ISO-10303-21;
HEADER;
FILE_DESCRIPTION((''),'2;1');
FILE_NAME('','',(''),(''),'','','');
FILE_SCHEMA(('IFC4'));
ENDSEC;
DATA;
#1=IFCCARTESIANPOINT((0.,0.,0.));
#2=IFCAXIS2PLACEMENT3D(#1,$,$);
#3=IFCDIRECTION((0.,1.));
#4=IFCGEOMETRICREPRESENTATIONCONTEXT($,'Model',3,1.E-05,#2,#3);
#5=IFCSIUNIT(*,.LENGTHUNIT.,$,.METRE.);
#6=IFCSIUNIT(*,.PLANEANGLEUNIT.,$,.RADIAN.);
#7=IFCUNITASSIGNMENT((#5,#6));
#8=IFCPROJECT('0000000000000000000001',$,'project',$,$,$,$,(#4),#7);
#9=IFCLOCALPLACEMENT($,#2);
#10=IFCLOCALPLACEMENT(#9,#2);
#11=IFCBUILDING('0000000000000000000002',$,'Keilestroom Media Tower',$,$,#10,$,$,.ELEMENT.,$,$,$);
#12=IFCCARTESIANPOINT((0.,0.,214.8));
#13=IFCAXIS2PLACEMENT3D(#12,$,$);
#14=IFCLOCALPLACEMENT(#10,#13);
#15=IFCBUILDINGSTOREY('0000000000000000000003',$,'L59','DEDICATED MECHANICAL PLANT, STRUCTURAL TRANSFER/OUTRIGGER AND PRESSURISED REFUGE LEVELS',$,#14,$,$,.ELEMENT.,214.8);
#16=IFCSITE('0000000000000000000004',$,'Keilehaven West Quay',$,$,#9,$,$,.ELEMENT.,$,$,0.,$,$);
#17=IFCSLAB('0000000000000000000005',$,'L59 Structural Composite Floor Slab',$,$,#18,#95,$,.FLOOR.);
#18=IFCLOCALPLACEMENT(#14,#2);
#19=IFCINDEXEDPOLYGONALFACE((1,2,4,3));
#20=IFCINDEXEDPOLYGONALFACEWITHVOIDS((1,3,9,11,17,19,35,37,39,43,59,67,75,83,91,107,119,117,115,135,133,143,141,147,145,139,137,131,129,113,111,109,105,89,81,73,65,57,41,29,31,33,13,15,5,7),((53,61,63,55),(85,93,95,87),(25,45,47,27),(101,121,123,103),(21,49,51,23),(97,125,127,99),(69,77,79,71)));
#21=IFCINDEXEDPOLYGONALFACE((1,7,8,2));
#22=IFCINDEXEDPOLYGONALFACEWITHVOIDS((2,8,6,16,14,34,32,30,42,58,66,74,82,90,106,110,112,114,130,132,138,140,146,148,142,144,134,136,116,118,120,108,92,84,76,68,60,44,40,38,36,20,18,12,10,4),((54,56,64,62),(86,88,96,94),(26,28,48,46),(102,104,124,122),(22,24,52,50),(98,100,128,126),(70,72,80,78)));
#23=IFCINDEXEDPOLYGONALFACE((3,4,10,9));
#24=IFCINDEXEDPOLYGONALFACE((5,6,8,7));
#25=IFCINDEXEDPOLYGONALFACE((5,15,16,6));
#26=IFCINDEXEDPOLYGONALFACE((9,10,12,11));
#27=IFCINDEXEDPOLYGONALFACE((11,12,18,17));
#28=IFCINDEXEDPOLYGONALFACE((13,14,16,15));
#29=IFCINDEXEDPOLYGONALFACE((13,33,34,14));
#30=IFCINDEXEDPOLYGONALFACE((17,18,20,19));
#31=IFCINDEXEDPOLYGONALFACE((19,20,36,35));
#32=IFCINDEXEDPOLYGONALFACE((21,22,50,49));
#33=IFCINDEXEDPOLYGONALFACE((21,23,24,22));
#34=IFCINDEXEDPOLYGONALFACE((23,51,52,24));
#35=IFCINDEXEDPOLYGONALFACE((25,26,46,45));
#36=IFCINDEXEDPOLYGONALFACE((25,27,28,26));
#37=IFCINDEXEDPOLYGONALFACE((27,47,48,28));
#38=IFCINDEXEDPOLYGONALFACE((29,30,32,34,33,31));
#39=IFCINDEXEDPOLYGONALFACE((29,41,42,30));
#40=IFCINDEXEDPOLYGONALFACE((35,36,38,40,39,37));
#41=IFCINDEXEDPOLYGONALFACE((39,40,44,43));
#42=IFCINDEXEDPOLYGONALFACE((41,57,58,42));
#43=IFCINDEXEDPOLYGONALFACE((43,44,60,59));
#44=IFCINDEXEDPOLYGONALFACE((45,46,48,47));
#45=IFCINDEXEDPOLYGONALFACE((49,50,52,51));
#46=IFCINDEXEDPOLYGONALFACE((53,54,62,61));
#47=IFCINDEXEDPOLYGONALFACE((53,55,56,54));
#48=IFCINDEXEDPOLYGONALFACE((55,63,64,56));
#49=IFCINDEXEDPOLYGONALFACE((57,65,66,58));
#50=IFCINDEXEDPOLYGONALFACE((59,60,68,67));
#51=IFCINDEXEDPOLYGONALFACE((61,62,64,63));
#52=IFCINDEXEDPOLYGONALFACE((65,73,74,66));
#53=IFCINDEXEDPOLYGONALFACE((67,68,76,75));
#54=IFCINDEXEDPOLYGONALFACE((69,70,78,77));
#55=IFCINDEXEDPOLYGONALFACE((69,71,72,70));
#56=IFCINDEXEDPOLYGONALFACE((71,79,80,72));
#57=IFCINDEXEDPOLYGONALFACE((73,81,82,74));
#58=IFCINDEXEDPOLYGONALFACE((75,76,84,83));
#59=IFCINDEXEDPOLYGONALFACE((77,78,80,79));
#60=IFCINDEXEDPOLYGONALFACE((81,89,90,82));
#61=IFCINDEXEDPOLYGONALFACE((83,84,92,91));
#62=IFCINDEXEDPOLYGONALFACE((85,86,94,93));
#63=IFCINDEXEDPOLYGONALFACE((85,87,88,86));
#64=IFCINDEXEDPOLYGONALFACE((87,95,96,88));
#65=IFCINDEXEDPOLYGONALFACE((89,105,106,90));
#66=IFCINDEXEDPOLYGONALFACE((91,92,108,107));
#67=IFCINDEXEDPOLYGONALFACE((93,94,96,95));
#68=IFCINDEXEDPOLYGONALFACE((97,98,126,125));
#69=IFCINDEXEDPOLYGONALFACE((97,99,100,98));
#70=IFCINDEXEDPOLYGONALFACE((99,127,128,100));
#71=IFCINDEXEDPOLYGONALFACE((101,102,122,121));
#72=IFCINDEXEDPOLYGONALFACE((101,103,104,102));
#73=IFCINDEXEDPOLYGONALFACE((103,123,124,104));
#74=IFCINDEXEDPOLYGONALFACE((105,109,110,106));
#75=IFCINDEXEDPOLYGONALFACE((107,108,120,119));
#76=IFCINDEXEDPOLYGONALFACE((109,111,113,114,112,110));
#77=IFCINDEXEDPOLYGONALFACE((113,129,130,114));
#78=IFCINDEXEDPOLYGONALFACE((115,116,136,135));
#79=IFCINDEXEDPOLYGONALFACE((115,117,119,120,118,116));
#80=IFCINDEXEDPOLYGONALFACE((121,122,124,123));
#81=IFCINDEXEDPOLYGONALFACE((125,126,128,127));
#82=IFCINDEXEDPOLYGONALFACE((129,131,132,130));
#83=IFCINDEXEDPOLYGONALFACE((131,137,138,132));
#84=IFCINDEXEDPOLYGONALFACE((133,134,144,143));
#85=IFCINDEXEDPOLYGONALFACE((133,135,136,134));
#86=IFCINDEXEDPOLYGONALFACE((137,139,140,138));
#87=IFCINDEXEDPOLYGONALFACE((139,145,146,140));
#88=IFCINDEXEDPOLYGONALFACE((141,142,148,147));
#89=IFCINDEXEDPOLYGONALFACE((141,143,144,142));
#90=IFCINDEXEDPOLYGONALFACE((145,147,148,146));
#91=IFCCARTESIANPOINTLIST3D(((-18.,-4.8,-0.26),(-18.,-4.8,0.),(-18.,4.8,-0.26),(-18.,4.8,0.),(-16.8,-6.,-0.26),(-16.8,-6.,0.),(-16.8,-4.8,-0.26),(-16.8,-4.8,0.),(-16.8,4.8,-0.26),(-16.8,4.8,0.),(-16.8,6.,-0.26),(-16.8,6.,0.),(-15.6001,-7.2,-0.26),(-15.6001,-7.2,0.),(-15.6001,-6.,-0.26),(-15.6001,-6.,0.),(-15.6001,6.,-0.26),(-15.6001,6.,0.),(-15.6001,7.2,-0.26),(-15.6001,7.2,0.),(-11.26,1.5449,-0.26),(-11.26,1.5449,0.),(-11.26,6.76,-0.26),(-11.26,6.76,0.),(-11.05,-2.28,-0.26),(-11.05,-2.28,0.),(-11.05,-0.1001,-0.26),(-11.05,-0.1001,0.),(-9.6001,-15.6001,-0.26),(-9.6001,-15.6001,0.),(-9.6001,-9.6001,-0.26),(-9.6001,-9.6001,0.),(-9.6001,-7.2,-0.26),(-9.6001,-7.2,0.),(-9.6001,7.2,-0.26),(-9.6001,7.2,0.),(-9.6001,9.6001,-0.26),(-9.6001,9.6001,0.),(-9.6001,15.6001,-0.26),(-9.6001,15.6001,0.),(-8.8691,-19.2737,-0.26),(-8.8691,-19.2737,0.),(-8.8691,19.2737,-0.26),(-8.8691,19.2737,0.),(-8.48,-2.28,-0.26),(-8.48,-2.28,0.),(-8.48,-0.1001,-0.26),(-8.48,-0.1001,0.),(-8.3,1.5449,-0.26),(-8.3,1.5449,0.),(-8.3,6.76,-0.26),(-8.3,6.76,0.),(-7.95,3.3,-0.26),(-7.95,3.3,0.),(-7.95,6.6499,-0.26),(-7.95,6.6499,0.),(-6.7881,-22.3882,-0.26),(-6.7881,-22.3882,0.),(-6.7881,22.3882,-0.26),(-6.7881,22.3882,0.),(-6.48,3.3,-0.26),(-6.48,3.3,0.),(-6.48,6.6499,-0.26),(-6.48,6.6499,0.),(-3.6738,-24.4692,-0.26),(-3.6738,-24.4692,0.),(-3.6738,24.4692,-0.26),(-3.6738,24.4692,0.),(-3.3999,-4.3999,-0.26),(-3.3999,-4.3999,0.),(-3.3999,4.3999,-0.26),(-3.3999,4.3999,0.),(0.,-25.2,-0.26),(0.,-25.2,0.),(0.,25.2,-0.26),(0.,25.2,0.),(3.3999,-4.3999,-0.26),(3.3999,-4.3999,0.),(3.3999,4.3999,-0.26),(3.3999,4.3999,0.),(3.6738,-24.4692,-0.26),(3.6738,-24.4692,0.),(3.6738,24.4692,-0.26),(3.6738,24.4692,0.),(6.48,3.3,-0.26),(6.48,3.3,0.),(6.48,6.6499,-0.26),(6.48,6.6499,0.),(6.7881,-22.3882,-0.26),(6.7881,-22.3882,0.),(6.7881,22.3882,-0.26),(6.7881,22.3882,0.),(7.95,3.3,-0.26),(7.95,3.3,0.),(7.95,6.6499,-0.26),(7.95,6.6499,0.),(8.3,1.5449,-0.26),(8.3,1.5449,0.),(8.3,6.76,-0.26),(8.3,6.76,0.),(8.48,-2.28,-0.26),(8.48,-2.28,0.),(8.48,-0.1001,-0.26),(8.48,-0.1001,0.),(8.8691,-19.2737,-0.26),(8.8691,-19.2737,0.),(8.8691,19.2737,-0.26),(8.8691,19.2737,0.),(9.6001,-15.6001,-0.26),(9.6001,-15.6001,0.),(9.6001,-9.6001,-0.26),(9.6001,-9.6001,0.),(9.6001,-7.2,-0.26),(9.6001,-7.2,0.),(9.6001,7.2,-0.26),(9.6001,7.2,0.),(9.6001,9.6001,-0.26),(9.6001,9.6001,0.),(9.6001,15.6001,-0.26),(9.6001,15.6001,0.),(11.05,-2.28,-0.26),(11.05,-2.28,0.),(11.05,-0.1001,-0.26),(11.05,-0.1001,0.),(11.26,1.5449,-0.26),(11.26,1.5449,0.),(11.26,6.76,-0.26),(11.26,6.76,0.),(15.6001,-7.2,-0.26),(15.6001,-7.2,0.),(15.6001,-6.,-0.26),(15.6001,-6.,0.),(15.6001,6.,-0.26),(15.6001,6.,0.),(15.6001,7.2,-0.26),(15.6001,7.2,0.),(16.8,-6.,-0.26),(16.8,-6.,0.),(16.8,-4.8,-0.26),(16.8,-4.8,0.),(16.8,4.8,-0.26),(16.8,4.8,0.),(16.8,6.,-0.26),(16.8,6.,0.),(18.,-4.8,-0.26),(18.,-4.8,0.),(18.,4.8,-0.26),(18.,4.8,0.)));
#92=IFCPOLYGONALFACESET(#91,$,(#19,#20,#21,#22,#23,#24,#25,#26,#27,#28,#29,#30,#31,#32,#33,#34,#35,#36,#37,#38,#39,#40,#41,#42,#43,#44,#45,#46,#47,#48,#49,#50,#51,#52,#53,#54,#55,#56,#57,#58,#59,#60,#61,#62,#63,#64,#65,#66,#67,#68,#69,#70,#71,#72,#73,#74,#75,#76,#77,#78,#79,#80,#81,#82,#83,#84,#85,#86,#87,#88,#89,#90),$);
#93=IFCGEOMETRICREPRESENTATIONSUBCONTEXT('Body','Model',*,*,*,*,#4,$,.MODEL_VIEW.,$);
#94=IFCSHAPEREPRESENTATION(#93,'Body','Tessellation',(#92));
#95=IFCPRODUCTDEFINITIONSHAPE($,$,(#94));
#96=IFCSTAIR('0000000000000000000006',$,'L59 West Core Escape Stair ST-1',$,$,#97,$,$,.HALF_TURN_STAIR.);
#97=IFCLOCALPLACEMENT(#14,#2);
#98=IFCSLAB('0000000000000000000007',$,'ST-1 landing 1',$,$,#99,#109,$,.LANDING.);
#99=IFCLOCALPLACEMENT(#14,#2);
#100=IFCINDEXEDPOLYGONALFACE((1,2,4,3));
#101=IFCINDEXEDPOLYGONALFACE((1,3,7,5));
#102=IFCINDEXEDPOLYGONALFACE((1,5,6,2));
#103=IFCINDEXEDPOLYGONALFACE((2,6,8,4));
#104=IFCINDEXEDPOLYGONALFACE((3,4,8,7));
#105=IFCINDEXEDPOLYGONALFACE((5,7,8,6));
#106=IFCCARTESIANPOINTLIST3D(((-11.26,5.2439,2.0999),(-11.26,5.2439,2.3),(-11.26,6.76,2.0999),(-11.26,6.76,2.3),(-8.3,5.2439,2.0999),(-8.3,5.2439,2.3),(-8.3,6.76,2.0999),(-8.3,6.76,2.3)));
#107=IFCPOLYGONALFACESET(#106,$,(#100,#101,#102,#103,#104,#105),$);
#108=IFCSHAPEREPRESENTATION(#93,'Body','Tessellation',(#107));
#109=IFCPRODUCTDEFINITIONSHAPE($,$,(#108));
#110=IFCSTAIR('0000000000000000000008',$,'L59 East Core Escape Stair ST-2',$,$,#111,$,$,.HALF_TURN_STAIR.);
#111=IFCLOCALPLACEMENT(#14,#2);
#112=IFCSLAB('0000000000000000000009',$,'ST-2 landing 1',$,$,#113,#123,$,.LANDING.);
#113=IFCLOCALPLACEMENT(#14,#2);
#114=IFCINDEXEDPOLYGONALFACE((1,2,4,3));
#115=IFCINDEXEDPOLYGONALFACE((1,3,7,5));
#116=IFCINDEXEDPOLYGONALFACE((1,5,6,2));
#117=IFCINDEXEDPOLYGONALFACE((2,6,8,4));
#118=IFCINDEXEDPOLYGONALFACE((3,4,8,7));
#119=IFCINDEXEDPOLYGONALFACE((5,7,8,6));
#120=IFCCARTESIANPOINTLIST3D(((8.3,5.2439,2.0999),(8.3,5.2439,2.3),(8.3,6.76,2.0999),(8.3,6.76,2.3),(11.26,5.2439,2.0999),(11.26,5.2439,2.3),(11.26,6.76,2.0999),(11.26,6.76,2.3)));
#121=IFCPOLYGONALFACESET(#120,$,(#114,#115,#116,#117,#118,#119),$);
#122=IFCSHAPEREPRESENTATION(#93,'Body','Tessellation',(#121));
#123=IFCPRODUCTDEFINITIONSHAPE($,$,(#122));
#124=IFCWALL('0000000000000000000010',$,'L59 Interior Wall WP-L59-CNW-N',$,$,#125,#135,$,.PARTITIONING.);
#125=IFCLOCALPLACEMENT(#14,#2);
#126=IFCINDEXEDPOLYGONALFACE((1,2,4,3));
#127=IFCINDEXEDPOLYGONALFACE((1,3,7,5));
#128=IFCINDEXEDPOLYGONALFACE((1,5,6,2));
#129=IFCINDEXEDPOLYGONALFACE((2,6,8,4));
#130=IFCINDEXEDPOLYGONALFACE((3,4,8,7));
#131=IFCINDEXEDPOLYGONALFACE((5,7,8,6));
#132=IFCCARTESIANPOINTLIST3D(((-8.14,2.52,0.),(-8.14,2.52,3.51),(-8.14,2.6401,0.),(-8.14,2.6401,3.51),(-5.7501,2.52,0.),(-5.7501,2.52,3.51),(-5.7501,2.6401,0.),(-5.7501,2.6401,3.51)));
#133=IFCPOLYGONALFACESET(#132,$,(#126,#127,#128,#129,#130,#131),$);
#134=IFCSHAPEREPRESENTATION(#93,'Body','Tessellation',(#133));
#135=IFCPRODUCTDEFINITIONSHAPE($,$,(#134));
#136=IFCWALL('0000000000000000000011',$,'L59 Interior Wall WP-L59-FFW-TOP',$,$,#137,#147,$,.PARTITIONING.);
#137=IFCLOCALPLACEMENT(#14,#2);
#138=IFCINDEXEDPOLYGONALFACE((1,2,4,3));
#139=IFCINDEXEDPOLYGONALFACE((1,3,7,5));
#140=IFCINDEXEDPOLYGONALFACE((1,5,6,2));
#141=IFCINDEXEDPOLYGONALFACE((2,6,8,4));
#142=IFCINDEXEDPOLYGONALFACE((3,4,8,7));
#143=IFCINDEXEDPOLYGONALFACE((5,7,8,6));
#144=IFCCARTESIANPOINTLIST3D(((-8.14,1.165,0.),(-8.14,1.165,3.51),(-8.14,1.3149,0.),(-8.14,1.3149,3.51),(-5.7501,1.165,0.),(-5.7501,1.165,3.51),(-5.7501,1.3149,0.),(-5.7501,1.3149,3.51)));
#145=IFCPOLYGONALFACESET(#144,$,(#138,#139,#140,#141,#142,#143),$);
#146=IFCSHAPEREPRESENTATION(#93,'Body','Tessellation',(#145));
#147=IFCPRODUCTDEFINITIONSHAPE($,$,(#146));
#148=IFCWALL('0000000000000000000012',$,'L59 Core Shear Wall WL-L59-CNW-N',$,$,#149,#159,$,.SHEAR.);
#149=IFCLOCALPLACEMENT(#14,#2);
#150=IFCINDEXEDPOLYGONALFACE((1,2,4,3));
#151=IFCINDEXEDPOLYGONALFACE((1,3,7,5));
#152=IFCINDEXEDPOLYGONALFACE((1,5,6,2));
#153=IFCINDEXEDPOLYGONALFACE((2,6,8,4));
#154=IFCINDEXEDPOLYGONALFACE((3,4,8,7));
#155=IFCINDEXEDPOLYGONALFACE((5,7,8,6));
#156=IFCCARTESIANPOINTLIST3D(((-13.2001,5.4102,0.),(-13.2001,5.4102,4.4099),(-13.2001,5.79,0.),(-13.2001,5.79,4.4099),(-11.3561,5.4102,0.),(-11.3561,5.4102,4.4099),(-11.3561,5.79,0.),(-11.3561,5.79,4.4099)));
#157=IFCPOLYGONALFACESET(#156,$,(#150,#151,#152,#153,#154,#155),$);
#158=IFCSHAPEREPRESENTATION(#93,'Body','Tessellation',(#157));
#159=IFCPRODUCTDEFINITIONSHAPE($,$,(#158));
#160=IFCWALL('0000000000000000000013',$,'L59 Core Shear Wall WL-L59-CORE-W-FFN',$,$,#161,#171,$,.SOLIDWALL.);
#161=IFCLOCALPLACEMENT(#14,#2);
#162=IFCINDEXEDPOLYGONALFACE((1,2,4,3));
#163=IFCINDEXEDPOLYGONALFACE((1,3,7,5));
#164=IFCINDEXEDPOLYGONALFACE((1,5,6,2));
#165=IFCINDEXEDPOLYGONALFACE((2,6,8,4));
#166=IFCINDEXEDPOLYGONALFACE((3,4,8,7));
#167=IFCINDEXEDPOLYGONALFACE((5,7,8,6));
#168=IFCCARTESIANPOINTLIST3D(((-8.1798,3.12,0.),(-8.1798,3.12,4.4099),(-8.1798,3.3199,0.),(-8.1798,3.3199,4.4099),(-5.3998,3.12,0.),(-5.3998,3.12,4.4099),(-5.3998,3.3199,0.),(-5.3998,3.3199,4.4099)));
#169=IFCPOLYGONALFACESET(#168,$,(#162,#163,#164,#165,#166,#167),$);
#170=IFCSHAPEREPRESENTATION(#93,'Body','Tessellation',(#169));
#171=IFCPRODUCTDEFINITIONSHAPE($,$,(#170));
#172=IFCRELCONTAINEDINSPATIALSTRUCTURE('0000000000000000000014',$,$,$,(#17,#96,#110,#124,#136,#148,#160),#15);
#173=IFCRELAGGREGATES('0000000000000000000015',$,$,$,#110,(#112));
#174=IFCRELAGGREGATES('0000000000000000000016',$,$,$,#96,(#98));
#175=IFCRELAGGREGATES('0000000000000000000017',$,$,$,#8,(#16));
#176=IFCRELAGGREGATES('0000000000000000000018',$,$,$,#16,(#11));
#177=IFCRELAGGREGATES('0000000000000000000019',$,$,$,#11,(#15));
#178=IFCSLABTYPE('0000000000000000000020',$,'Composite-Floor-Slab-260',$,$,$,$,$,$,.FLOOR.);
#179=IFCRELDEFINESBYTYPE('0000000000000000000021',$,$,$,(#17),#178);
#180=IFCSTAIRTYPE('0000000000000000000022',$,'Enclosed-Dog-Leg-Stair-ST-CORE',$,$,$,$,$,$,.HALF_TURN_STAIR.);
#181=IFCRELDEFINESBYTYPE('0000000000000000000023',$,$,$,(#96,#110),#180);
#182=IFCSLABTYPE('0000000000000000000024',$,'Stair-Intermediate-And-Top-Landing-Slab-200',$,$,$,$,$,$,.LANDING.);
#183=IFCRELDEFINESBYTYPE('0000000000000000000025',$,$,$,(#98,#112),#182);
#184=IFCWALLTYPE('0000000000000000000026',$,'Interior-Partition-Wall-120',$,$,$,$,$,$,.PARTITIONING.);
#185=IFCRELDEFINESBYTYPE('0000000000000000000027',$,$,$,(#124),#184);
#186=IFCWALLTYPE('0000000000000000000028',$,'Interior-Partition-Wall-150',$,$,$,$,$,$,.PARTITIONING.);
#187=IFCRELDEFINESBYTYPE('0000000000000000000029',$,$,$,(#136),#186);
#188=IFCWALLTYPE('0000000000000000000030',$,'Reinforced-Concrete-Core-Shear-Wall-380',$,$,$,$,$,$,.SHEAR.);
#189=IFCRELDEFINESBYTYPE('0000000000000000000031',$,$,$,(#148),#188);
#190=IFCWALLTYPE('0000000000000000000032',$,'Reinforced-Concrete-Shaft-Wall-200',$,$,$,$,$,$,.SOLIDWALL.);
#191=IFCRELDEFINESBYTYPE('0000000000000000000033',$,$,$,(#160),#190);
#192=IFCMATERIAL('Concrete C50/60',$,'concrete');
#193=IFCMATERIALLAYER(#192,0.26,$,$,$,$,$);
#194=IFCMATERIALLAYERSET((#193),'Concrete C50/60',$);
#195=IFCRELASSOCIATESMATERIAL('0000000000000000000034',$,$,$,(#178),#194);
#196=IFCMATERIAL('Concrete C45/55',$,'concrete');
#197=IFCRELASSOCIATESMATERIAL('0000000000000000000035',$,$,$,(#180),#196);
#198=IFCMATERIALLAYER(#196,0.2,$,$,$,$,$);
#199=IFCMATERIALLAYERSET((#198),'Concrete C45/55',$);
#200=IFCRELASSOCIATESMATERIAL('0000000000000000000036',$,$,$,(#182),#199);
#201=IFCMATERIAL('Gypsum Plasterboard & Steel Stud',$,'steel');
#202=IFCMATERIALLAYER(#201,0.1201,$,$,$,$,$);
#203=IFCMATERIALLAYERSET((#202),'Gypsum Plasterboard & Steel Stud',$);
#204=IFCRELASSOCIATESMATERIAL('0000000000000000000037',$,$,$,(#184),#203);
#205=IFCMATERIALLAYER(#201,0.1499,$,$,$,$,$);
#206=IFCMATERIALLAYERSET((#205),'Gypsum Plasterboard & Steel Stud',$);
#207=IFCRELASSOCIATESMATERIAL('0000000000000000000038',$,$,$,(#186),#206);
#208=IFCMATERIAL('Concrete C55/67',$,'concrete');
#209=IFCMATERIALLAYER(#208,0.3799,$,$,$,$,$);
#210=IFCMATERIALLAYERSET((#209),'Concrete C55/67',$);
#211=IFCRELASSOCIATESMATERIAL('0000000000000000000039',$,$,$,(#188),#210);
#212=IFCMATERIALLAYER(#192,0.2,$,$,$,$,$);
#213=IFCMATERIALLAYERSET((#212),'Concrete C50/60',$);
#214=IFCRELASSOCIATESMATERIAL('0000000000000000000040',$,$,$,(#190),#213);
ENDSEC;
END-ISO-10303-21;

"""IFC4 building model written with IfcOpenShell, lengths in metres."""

from ifc_helpers import new_model, si_unit, direction, frame, frame_2d, origin, place, context, subcontext, project, spatial, polyline, rectangle, outline, extrude, material, layer, layer_set, type_object, element, aggregate, save


model = new_model("IFC4")

# Units and contexts
model_context = context("Model", 3, precision=1e-05, world=origin(), true_north=direction((0.0, 1.0)))
body_context = subcontext(model_context, "Body", "Model", "MODEL_VIEW")
ifc_project = project(units=[si_unit("LENGTHUNIT", "METRE"), si_unit("PLANEANGLEUNIT", "RADIAN")], contexts=[model_context])

# Site, building, storey
site_placement = place(None, origin())
site = spatial("IfcSite", under=ifc_project, at=site_placement, Name="Keilehaven West Quay", CompositionType="ELEMENT", RefElevation=0.0)
building_placement = place(site_placement, origin())
building = spatial("IfcBuilding", under=site, at=building_placement, Name="Keilestroom Media Tower", CompositionType="ELEMENT")
storey_placement = place(building_placement, frame((0.0, 0.0, 214.8)))
storey = spatial("IfcBuildingStorey", under=building, at=storey_placement, Name="L59", Description="DEDICATED MECHANICAL PLANT, STRUCTURAL TRANSFER/OUTRIGGER AND PRESSURISED REFUGE LEVELS", CompositionType="ELEMENT", Elevation=214.8)

# Slab
ifc_material_1 = material(Name="Concrete C50/60", Category="concrete")
ifc_layer_1 = layer(ifc_material_1, 0.26)
ifc_layer_set_1 = layer_set([ifc_layer_1], Name="Concrete C50/60")
slab_type_1 = type_object("IfcSlabType", Name="Composite-Floor-Slab-260", PredefinedType="FLOOR", material=ifc_layer_set_1)
slab_1_placement = place(storey_placement, frame((0.0, 0.0, -0.26)))
element("IfcSlab", 1, at=slab_1_placement, inside=storey, type_object=slab_type_1, Name="L59 Structural Composite Floor Slab", PredefinedType="FLOOR", context=body_context, shape_type="SweptSolid", body=[
    extrude(outline(polyline([(18.0, -4.8), (18.0, 4.8), (16.8, 4.8), (16.8, 6.0), (15.6001, 6.0), (15.6001, 7.2), (9.6001, 7.2), (9.6001, 9.6001), (9.6001, 15.6001), (8.8691, 19.2737), (6.7881, 22.3882), (3.6738, 24.4692), (0.0, 25.2), (-3.6738, 24.4692), (-6.7881, 22.3882), (-8.8691, 19.2737), (-9.6001, 15.6001), (-9.6001, 9.6001), (-9.6001, 7.2), (-15.6001, 7.2), (-15.6001, 6.0), (-16.8, 6.0), (-16.8, 4.8), (-18.0, 4.8), (-18.0, -4.8), (-16.8, -4.8), (-16.8, -6.0), (-15.6001, -6.0), (-15.6001, -7.2), (-9.6001, -7.2), (-9.6001, -9.6001), (-9.6001, -15.6001), (-8.8691, -19.2737), (-6.7881, -22.3882), (-3.6738, -24.4692), (0.0, -25.2), (3.6738, -24.4692), (6.7881, -22.3882), (8.8691, -19.2737), (9.6001, -15.6001), (9.6001, -9.6001), (9.6001, -7.2), (15.6001, -7.2), (15.6001, -6.0), (16.8, -6.0), (16.8, -4.8), (18.0, -4.8)]), holes=[polyline([(-8.3, 1.5449), (-11.26, 1.5449), (-11.26, 6.76), (-8.3, 6.76), (-8.3, 1.5449)]), polyline([(-8.48, -2.28), (-11.05, -2.28), (-11.05, -0.1001), (-8.48, -0.1001), (-8.48, -2.28)]), polyline([(-6.48, 3.3), (-7.95, 3.3), (-7.95, 6.6499), (-6.48, 6.6499), (-6.48, 3.3)]), polyline([(3.3999, -4.3999), (-3.3999, -4.3999), (-3.3999, 4.3999), (3.3999, 4.3999), (3.3999, -4.3999)]), polyline([(7.95, 3.3), (6.48, 3.3), (6.48, 6.6499), (7.95, 6.6499), (7.95, 3.3)]), polyline([(11.26, 1.5449), (8.3, 1.5449), (8.3, 6.76), (11.26, 6.76), (11.26, 1.5449)]), polyline([(11.05, -2.28), (8.48, -2.28), (8.48, -0.1001), (11.05, -0.1001), (11.05, -2.28)])]), origin(), (0.0, 0.0, 1.0), 0.26),
])

# Stairs, slabs
ifc_material_2 = material(Name="Concrete C45/55", Category="concrete")
stair_type = type_object("IfcStairType", Name="Enclosed-Dog-Leg-Stair-ST-CORE", PredefinedType="HALF_TURN_STAIR", material=ifc_material_2)
stair_1_placement = place(storey_placement, origin())
stair_1 = element("IfcStair", 2, at=stair_1_placement, inside=storey, type_object=stair_type, Name="L59 West Core Escape Stair ST-1", PredefinedType="HALF_TURN_STAIR")
ifc_layer_2 = layer(ifc_material_2, 0.2)
ifc_layer_set_2 = layer_set([ifc_layer_2], Name="Concrete C45/55")
slab_type_2 = type_object("IfcSlabType", Name="Stair-Intermediate-And-Top-Landing-Slab-200", PredefinedType="LANDING", material=ifc_layer_set_2)
slab_2_placement = place(storey_placement, frame((0.0, 0.0, 2.0999)))
slab_2 = element("IfcSlab", 3, at=slab_2_placement, type_object=slab_type_2, Name="ST-1 landing 1", PredefinedType="LANDING", context=body_context, shape_type="SweptSolid", body=[
    extrude(outline(polyline([(-8.3, 5.2439), (-8.3, 6.76), (-11.26, 6.76), (-11.26, 5.2439), (-8.3, 5.2439)])), origin(), (0.0, 0.0, 1.0), 0.2002),
])
stair_2_placement = place(storey_placement, origin())
stair_2 = element("IfcStair", 4, at=stair_2_placement, inside=storey, type_object=stair_type, Name="L59 East Core Escape Stair ST-2", PredefinedType="HALF_TURN_STAIR")
slab_3_placement = place(storey_placement, frame((0.0, 0.0, 2.0999)))
slab_3 = element("IfcSlab", 5, at=slab_3_placement, type_object=slab_type_2, Name="ST-2 landing 1", PredefinedType="LANDING", context=body_context, shape_type="SweptSolid", body=[
    extrude(outline(polyline([(11.26, 5.2439), (11.26, 6.76), (8.3, 6.76), (8.3, 5.2439), (11.26, 5.2439)])), origin(), (0.0, 0.0, 1.0), 0.2002),
])
aggregate(stair_2, [slab_3])

# Walls
ifc_material_3 = material(Name="Gypsum Plasterboard & Steel Stud", Category="steel")
ifc_layer_3 = layer(ifc_material_3, 0.1201)
ifc_layer_set_3 = layer_set([ifc_layer_3], Name="Gypsum Plasterboard & Steel Stud")
wall_type_1 = type_object("IfcWallType", Name="Interior-Partition-Wall-120", PredefinedType="PARTITIONING", material=ifc_layer_set_3)
wall_1_placement = place(storey_placement, frame((-8.1399, 2.5801, 0.0), z_axis=(0.0, 0.0, 1.0), x_axis=(1.0, 0.0, 0.0)))
element("IfcWall", 6, at=wall_1_placement, inside=storey, type_object=wall_type_1, Name="L59 Interior Wall WP-L59-CNW-N", PredefinedType="PARTITIONING", context=body_context, shape_type="SweptSolid", body=[
    extrude(rectangle(XDim=2.3899, YDim=0.1201, at=frame_2d((1.1948, 0.0))), origin(), (0.0, 0.0, 1.0), 3.51),
])
ifc_layer_4 = layer(ifc_material_3, 0.1499)
ifc_layer_set_4 = layer_set([ifc_layer_4], Name="Gypsum Plasterboard & Steel Stud")
wall_type_2 = type_object("IfcWallType", Name="Interior-Partition-Wall-150", PredefinedType="PARTITIONING", material=ifc_layer_set_4)
wall_2_placement = place(storey_placement, frame((-8.1399, 1.24, 0.0), z_axis=(0.0, 0.0, 1.0), x_axis=(1.0, 0.0, 0.0)))
element("IfcWall", 7, at=wall_2_placement, inside=storey, type_object=wall_type_2, Name="L59 Interior Wall WP-L59-FFW-TOP", PredefinedType="PARTITIONING", context=body_context, shape_type="SweptSolid", body=[
    extrude(rectangle(XDim=2.3899, YDim=0.1499, at=frame_2d((1.1948, 0.0))), origin(), (0.0, 0.0, 1.0), 3.51),
])
ifc_material_4 = material(Name="Concrete C55/67", Category="concrete")
ifc_layer_5 = layer(ifc_material_4, 0.3799)
ifc_layer_set_5 = layer_set([ifc_layer_5], Name="Concrete C55/67")
wall_type_3 = type_object("IfcWallType", Name="Reinforced-Concrete-Core-Shear-Wall-380", PredefinedType="SHEAR", material=ifc_layer_set_5)
wall_3_placement = place(storey_placement, frame((-13.2, 5.6001, 0.0), z_axis=(0.0, 0.0, 1.0), x_axis=(1.0, 0.0, 0.0)))
element("IfcWall", 8, at=wall_3_placement, inside=storey, type_object=wall_type_3, Name="L59 Core Shear Wall WL-L59-CNW-N", PredefinedType="SHEAR", context=body_context, shape_type="SweptSolid", body=[
    extrude(rectangle(XDim=1.844, YDim=0.3799, at=frame_2d((0.9219, 0.0))), origin(), (0.0, 0.0, 1.0), 4.4099),
])
ifc_layer_6 = layer(ifc_material_1, 0.2)
ifc_layer_set_6 = layer_set([ifc_layer_6], Name="Concrete C50/60")
wall_type_4 = type_object("IfcWallType", Name="Reinforced-Concrete-Shaft-Wall-200", PredefinedType="SOLIDWALL", material=ifc_layer_set_6)
wall_4_placement = place(storey_placement, frame((-8.1799, 3.22, 0.0), z_axis=(0.0, 0.0, 1.0), x_axis=(1.0, 0.0, 0.0)))
element("IfcWall", 9, at=wall_4_placement, inside=storey, type_object=wall_type_4, Name="L59 Core Shear Wall WL-L59-CORE-W-FFN", PredefinedType="SOLIDWALL", context=body_context, shape_type="SweptSolid", body=[
    extrude(rectangle(XDim=2.78, YDim=0.2, at=frame_2d((1.3901, 0.0))), origin(), (0.0, 0.0, 1.0), 4.4099),
])

aggregate(stair_1, [slab_2])

save(model, "model.ifc")
